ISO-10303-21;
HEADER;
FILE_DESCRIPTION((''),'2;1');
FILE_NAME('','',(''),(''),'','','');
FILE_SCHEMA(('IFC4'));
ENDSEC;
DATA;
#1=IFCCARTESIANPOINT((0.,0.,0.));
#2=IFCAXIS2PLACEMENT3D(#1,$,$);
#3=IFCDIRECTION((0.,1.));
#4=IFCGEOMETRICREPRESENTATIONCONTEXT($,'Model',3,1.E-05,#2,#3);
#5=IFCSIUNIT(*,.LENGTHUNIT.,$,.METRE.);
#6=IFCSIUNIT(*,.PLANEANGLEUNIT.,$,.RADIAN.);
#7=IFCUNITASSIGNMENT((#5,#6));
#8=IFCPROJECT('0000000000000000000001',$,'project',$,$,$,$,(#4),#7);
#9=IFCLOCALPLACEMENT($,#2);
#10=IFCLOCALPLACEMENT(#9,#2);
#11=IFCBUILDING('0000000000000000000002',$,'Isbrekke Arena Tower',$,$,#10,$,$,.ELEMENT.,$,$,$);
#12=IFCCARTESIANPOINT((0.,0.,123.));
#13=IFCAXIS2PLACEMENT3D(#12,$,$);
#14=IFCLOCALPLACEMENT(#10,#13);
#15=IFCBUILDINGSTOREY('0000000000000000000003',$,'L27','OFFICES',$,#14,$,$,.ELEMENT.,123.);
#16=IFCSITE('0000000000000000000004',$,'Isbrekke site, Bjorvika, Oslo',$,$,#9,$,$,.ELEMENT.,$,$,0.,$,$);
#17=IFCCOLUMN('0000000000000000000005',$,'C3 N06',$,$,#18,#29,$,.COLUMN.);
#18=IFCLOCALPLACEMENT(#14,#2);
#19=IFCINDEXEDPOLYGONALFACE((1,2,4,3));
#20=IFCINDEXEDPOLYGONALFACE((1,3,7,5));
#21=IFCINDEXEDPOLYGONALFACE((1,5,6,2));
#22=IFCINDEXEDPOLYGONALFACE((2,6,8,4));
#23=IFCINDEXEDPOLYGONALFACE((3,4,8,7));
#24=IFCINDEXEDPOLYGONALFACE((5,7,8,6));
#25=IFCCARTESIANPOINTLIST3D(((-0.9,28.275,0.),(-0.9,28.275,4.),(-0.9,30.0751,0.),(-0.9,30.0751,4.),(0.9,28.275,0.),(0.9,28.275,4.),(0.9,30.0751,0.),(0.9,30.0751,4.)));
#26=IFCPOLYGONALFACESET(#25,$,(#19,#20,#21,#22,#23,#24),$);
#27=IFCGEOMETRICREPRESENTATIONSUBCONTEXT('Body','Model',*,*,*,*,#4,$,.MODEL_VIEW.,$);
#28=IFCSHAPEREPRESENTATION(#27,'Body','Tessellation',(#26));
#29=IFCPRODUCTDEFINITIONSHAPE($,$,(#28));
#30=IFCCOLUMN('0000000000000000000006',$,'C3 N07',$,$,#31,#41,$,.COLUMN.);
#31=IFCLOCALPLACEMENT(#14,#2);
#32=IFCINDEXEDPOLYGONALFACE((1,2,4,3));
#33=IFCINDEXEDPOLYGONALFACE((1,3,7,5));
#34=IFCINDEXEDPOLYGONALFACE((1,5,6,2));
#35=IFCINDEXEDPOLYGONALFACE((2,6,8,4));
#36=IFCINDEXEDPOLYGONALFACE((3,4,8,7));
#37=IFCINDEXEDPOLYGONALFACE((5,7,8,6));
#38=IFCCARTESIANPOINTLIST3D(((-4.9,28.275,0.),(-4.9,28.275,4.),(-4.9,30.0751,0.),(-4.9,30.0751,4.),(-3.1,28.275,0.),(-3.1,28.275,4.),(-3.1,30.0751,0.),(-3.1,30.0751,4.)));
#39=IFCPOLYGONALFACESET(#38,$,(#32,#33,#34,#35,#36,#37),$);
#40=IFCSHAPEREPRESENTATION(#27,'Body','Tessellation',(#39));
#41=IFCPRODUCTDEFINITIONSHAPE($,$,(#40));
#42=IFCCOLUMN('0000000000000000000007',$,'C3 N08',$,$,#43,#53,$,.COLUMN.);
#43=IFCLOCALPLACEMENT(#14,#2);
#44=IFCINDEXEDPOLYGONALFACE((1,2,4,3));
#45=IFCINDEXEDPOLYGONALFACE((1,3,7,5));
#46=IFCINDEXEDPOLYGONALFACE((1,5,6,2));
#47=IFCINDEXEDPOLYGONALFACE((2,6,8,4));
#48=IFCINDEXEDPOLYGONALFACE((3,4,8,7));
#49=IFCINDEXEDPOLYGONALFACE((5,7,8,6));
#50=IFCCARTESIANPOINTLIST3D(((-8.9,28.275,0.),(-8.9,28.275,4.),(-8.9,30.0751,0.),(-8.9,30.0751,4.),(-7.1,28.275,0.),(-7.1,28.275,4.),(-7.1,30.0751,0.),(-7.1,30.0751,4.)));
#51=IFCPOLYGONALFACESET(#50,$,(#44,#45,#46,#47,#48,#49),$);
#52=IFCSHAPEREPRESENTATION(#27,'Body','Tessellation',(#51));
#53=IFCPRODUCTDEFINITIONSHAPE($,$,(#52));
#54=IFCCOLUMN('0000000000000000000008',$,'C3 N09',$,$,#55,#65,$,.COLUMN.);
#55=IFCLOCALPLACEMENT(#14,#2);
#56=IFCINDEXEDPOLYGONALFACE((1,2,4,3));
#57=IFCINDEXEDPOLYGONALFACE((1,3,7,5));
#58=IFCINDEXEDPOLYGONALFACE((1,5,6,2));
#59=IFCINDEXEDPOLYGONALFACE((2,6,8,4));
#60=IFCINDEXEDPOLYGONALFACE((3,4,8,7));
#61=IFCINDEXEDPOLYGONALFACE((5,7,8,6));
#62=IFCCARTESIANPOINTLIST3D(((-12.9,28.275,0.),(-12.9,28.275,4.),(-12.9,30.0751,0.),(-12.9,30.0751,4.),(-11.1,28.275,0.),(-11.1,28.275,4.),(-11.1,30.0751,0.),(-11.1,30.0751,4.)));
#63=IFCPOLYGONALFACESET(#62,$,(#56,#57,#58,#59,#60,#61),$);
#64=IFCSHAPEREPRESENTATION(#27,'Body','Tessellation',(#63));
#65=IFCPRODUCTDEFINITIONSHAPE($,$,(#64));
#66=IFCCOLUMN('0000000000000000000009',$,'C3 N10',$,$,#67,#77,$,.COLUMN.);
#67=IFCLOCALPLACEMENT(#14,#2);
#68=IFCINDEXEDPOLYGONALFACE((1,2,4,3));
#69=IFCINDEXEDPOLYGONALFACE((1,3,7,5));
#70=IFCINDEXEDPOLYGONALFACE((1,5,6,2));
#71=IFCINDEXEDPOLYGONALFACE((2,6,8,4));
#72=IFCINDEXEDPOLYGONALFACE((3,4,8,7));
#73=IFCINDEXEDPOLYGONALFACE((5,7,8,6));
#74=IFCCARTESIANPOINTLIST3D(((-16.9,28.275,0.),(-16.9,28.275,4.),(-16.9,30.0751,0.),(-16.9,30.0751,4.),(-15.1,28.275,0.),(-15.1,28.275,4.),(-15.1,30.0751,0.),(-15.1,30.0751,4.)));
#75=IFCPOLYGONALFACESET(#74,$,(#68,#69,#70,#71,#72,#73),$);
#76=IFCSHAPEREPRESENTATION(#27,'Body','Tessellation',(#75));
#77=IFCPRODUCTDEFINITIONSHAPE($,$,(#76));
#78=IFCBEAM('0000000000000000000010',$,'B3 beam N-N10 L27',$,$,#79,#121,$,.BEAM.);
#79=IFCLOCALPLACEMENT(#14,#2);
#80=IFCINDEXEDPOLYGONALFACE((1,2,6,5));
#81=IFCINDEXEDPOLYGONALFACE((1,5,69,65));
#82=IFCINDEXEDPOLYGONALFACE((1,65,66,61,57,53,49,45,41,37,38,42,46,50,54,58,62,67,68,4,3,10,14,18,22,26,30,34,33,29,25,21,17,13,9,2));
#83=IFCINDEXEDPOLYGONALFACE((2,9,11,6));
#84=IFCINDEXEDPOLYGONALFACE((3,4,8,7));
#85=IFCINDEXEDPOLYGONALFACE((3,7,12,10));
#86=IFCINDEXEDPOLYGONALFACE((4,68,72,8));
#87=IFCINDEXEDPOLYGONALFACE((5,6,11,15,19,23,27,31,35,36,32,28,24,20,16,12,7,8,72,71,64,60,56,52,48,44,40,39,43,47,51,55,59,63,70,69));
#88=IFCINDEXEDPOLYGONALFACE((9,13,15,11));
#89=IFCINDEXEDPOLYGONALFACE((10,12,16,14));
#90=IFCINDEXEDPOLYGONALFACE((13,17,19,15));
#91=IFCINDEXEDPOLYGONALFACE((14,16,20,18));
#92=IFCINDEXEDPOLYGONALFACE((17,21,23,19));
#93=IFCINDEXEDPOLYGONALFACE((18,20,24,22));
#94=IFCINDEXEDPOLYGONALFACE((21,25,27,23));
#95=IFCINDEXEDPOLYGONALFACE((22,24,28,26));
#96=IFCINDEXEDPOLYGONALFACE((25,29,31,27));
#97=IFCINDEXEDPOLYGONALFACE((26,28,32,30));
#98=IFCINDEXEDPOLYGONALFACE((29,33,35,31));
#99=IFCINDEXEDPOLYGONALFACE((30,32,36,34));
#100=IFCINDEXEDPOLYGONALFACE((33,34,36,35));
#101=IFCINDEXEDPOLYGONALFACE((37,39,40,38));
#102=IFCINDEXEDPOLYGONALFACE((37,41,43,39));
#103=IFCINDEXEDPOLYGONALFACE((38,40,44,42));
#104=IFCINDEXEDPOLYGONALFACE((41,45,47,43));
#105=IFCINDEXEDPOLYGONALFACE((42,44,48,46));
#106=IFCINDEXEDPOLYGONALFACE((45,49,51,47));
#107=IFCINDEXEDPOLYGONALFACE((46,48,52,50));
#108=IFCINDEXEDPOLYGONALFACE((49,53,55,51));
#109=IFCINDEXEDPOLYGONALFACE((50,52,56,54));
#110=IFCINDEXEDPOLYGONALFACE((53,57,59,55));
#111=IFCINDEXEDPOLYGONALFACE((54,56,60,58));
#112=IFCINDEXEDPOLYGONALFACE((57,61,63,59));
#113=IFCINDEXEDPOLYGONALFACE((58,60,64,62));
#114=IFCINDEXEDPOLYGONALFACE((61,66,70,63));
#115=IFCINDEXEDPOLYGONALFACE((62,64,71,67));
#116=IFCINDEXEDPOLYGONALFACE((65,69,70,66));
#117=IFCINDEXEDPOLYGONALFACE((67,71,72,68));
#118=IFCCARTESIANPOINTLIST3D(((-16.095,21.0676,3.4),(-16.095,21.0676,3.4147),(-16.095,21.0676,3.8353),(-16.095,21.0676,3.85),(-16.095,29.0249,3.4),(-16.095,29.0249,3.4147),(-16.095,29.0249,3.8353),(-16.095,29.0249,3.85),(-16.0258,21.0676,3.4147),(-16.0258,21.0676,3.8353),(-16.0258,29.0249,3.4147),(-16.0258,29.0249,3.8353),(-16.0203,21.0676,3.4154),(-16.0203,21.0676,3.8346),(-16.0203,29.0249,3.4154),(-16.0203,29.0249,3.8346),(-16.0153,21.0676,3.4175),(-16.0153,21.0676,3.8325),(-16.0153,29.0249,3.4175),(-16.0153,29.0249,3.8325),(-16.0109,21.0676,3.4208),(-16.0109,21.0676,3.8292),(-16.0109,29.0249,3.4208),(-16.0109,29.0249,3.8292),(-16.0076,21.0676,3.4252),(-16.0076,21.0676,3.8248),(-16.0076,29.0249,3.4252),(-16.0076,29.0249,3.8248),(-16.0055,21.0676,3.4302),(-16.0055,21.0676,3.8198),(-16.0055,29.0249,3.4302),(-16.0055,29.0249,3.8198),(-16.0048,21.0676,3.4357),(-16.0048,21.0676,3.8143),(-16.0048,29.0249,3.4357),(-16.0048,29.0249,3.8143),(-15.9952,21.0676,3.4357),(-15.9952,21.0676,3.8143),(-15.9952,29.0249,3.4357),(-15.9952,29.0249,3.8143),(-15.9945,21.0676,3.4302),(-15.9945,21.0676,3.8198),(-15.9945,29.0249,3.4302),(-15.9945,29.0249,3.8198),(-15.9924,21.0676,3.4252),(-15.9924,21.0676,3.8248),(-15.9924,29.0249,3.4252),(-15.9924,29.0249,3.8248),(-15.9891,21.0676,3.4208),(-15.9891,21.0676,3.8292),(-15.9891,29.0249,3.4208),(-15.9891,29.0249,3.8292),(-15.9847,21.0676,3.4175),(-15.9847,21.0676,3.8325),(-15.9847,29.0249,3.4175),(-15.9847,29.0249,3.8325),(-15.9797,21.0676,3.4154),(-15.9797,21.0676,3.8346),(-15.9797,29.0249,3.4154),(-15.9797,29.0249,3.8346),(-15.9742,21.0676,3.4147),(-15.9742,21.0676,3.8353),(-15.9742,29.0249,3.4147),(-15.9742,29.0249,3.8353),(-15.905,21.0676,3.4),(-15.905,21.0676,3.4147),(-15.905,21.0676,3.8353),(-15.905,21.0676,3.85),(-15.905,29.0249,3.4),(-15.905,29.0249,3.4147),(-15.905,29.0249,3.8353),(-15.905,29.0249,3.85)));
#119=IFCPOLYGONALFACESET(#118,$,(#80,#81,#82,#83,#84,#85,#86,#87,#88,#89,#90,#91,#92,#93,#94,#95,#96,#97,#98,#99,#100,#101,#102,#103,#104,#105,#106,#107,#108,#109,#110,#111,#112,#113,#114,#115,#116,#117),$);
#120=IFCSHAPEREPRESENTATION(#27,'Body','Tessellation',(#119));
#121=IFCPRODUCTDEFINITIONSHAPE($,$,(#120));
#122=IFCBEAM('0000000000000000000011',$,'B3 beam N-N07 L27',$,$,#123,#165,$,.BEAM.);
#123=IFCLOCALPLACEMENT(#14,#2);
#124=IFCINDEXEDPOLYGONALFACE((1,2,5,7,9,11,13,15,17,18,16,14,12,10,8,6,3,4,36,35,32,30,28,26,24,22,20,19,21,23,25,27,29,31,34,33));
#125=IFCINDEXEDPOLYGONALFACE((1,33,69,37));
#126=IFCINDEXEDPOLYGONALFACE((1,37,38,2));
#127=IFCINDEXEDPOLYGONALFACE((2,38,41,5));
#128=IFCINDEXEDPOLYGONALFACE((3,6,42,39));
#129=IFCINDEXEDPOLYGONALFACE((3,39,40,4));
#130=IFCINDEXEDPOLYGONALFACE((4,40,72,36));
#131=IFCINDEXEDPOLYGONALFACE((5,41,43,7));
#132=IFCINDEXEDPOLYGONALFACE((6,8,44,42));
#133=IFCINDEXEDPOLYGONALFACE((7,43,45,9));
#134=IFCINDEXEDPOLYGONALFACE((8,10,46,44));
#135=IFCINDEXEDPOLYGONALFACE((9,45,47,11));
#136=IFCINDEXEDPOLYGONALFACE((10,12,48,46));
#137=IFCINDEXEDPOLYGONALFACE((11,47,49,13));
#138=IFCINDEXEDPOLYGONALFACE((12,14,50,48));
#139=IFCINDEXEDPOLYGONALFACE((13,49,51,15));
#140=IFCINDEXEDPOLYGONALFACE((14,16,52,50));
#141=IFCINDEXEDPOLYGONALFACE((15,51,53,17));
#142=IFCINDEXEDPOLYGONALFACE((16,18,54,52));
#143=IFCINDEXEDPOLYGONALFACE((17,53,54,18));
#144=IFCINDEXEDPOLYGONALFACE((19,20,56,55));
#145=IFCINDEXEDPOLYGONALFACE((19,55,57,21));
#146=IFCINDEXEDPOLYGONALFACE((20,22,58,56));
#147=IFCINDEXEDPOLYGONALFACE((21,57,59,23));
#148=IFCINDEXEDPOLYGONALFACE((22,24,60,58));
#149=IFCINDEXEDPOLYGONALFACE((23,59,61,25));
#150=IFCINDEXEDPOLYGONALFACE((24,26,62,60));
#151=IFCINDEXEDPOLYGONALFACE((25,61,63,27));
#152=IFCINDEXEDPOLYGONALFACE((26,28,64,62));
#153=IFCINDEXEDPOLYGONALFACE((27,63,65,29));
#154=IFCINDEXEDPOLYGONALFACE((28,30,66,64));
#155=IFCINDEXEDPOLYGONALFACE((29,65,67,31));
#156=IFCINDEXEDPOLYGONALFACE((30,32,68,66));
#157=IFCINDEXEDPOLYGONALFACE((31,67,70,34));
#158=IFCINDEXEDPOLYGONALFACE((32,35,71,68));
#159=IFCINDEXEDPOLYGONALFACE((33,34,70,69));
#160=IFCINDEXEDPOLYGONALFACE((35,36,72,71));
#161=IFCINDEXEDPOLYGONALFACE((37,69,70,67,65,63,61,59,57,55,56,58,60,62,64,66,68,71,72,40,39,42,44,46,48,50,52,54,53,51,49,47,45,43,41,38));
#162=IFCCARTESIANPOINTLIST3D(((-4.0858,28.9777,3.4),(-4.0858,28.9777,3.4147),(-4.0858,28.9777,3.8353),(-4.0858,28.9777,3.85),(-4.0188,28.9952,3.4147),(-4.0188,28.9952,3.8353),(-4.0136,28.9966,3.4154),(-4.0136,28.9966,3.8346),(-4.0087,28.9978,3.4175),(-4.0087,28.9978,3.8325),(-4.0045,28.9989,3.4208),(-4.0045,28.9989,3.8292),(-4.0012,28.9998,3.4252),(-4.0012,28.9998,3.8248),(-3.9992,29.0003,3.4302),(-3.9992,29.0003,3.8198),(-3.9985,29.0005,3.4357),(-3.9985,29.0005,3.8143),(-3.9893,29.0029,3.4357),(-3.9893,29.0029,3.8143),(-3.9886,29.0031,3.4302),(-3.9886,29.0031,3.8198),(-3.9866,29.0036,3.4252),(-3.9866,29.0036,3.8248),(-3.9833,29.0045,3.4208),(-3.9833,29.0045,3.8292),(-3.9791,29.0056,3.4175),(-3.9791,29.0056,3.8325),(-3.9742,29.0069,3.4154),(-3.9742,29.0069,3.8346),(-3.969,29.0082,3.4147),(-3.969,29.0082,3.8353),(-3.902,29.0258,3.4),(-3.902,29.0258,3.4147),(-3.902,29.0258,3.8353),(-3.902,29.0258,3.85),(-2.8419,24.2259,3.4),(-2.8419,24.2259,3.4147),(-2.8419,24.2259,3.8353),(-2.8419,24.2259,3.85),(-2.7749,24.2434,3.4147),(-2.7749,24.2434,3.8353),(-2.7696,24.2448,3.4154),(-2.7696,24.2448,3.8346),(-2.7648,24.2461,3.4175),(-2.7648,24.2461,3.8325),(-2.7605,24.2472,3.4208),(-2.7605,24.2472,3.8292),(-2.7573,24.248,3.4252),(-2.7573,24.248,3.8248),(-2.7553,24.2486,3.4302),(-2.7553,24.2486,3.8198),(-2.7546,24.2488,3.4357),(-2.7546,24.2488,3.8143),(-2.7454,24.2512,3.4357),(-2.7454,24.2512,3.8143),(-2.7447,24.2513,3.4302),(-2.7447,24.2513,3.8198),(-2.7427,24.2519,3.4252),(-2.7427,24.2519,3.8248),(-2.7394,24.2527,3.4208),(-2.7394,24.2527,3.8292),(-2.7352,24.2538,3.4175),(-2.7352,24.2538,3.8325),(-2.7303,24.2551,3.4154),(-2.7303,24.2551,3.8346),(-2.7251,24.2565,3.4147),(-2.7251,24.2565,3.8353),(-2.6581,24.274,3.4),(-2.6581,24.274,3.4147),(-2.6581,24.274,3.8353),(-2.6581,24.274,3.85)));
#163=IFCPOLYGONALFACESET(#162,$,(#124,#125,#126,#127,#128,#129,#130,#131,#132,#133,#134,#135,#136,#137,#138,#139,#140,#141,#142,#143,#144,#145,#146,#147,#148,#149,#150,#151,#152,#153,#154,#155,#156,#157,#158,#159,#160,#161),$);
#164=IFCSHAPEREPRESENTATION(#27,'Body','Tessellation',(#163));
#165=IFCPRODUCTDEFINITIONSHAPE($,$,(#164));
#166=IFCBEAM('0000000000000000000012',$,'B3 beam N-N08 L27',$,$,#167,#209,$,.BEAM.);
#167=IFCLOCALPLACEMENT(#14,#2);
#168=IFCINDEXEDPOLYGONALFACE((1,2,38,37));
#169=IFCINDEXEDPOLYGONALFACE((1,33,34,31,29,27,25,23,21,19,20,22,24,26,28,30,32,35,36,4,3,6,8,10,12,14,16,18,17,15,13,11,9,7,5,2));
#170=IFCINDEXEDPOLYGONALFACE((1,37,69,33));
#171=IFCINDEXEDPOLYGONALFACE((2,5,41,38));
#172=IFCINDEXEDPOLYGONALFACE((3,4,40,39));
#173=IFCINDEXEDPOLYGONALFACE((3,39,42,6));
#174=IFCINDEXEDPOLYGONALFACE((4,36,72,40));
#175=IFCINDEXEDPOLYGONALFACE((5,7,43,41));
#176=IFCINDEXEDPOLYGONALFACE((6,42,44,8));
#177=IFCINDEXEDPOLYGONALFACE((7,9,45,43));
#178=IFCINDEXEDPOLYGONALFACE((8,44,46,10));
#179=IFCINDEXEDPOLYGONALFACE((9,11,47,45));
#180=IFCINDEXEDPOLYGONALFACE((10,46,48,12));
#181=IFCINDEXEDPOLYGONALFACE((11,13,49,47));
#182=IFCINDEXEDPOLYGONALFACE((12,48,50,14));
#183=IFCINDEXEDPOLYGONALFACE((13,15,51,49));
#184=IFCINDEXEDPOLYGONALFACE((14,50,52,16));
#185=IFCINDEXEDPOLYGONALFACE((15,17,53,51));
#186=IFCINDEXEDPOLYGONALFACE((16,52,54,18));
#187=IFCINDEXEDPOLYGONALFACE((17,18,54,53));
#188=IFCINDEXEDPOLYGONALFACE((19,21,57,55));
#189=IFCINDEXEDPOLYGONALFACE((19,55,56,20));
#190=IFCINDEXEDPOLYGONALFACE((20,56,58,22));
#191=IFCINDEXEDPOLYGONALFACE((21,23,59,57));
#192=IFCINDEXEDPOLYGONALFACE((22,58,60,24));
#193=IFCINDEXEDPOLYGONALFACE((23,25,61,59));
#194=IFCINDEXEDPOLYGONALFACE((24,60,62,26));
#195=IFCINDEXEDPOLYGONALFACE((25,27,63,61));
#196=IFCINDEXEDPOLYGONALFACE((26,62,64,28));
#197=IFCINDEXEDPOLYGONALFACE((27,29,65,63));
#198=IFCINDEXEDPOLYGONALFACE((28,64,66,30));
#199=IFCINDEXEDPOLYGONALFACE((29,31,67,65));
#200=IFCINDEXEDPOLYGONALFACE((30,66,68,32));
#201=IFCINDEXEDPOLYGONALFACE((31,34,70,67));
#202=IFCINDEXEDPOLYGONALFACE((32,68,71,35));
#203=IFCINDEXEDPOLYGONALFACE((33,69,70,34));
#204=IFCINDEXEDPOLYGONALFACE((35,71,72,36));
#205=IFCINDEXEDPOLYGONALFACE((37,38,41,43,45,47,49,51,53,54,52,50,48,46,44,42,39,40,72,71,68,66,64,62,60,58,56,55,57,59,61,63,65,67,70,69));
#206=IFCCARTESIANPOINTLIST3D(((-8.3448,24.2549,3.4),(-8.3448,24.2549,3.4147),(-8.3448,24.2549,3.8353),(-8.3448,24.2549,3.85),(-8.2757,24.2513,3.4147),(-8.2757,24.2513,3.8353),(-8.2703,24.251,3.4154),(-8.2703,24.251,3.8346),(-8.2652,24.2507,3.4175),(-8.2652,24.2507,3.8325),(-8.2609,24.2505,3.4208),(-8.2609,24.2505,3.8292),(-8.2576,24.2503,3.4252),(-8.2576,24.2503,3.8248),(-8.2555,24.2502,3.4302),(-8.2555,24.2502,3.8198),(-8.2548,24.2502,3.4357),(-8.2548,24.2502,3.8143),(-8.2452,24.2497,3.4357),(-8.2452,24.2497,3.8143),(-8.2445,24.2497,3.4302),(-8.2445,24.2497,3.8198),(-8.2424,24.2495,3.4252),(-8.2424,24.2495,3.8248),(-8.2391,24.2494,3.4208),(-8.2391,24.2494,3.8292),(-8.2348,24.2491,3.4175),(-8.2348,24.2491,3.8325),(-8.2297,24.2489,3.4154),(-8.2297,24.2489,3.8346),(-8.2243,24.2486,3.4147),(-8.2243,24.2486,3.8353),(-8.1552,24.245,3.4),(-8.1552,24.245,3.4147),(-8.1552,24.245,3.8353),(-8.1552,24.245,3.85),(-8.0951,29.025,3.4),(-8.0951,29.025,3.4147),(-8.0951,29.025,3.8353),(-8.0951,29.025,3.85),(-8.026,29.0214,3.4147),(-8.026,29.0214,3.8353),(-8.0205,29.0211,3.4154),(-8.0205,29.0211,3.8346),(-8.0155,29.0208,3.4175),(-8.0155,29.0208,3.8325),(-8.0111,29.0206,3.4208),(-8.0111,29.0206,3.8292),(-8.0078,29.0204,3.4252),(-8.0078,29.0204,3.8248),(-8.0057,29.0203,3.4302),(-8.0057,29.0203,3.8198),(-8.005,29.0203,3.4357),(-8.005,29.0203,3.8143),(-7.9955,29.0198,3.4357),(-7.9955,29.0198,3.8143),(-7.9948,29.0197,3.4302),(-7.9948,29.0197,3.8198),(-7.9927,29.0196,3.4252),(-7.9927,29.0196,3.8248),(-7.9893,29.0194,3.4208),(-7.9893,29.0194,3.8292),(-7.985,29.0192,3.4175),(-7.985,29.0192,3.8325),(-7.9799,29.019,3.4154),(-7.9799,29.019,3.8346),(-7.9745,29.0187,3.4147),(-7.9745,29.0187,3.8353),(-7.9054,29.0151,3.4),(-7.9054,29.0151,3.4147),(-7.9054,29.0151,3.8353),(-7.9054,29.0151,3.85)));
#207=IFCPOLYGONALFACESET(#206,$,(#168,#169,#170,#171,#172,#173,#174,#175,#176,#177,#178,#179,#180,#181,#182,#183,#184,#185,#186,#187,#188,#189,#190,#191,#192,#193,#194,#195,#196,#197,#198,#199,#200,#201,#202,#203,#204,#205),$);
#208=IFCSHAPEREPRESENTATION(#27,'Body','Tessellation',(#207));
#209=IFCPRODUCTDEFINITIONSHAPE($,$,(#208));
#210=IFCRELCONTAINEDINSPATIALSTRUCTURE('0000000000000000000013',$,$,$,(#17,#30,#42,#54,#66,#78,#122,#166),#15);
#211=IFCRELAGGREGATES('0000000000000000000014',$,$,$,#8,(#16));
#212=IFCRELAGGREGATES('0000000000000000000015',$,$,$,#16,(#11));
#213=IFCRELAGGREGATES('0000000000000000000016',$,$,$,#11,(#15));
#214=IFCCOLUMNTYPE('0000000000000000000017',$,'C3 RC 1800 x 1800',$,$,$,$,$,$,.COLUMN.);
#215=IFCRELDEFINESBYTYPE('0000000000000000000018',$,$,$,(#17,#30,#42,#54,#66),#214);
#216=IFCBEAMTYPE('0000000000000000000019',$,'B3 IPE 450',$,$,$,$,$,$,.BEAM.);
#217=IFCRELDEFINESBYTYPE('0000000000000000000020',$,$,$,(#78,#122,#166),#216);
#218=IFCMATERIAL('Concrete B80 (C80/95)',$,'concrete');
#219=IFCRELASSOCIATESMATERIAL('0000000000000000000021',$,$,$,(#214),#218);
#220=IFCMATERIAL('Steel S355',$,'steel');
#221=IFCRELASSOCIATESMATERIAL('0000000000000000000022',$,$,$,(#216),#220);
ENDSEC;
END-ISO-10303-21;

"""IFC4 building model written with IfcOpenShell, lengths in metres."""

from ifc_helpers import new_model, si_unit, direction, frame, origin, origin_2d, place, context, subcontext, project, spatial, rectangle, i_section, extrude, material, material_profile, profile_set, type_object, element, save


model = new_model("IFC4")

# Units and contexts
model_context = context("Model", 3, precision=1e-05, world=origin(), true_north=direction((0.0, 1.0)))
body_context = subcontext(model_context, "Body", "Model", "MODEL_VIEW")
ifc_project = project(units=[si_unit("LENGTHUNIT", "METRE"), si_unit("PLANEANGLEUNIT", "RADIAN")], contexts=[model_context])

# Site, building, storey
site_placement = place(None, origin())
site = spatial("IfcSite", under=ifc_project, at=site_placement, Name="Isbrekke site, Bjorvika, Oslo", CompositionType="ELEMENT", RefElevation=0.0)
building_placement = place(site_placement, origin())
building = spatial("IfcBuilding", under=site, at=building_placement, Name="Isbrekke Arena Tower", CompositionType="ELEMENT")
storey_placement = place(building_placement, frame((0.0, 0.0, 123.0)))
storey = spatial("IfcBuildingStorey", under=building, at=storey_placement, Name="L27", Description="OFFICES", CompositionType="ELEMENT", Elevation=123.0)

# Columns
ifc_material_1 = material(Name="Concrete B80 (C80/95)", Category="concrete")
ifc_material_profile_1 = material_profile(ifc_material_1, rectangle(XDim=1.8, YDim=1.8, at=origin_2d()), Name="RC 1800x1800")
ifc_profile_set_1 = profile_set([ifc_material_profile_1], Name="Concrete B80 (C80/95)")
column_type = type_object("IfcColumnType", Name="C3 RC 1800 x 1800", PredefinedType="COLUMN", material=ifc_profile_set_1)
for number, where, z_axis, x_axis, name in (
    (1, (0.0, 29.175, 0.0), (0.0, 0.0, 1.0), (-1.0, 0.0, 0.0), "C3 N06"),
    (2, (-4.0, 29.175, 0.0), (0.0, 0.0, 1.0), (-1.0, 0.0, 0.0), "C3 N07"),
    (3, (-8.0, 29.175, 0.0), (0.0, 0.0, 1.0), (-1.0, 0.0, 0.0), "C3 N08"),
    (4, (-12.0, 29.175, 0.0), (0.0, 0.0, 1.0), (-1.0, 0.0, 0.0), "C3 N09"),
    (5, (-16.0, 29.175, 0.0), (0.0, 0.0, 1.0), (-1.0, 0.0, 0.0), "C3 N10"),
):
    element("IfcColumn", number, at=place(storey_placement, frame(where, z_axis=z_axis, x_axis=x_axis)), inside=storey, type_object=column_type, Name=name, PredefinedType="COLUMN", context=body_context, shape_type="SweptSolid", body=[
        extrude(rectangle(XDim=1.8, YDim=1.8, at=origin_2d()), origin(), (0.0, 0.0, 1.0), 4.0),
    ])

# Beams
ifc_material_2 = material(Name="Steel S355", Category="steel")
ifc_material_profile_2 = material_profile(ifc_material_2, i_section(OverallWidth=0.1899, OverallDepth=0.45, WebThickness=0.0095, FlangeThickness=0.0146, FilletRadius=0.021, at=origin_2d()), Name="IPE 450")
ifc_profile_set_2 = profile_set([ifc_material_profile_2], Name="Steel S355")
beam_type_1 = type_object("IfcBeamType", Name="B3 IPE 450", PredefinedType="BEAM", material=ifc_profile_set_2)
beam_1_placement = place(storey_placement, frame((-16.0, 29.0249, 3.625), z_axis=(0.0, -1.0, 0.0), x_axis=(1.0, 0.0, 0.0)))
element("IfcBeam", 6, at=beam_1_placement, inside=storey, type_object=beam_type_1, Name="B3 beam N-N10 L27", PredefinedType="BEAM", context=body_context, shape_type="SweptSolid", body=[
    extrude(i_section(OverallWidth=0.1899, OverallDepth=0.45, WebThickness=0.0095, FlangeThickness=0.0146, FilletRadius=0.021, at=origin_2d()), origin(), (0.0, 0.0, 1.0), 7.9573),
])
beam_2_placement = place(storey_placement, frame((-3.9939, 29.0017, 3.625), z_axis=(0.253245, -0.967402, 0.0), x_axis=(0.967402, 0.253245, 0.0)))
element("IfcBeam", 7, at=beam_2_placement, inside=storey, type_object=beam_type_1, Name="B3 beam N-N07 L27", PredefinedType="BEAM", context=body_context, shape_type="SweptSolid", body=[
    extrude(i_section(OverallWidth=0.1899, OverallDepth=0.45, WebThickness=0.0095, FlangeThickness=0.0146, FilletRadius=0.021, at=origin_2d()), origin(), (0.0, 0.0, 1.0), 4.9119),
])
beam_3_placement = place(storey_placement, frame((-8.0002, 29.02, 3.625), z_axis=(-0.052288, -0.998632, 0.0), x_axis=(0.998632, -0.052288, 0.0)))
element("IfcBeam", 8, at=beam_3_placement, inside=storey, type_object=beam_type_1, Name="B3 beam N-N08 L27", PredefinedType="BEAM", context=body_context, shape_type="SweptSolid", body=[
    extrude(i_section(OverallWidth=0.1899, OverallDepth=0.45, WebThickness=0.0095, FlangeThickness=0.0146, FilletRadius=0.021, at=origin_2d()), origin(), (0.0, 0.0, 1.0), 4.7766),
])

save(model, "model.ifc")
